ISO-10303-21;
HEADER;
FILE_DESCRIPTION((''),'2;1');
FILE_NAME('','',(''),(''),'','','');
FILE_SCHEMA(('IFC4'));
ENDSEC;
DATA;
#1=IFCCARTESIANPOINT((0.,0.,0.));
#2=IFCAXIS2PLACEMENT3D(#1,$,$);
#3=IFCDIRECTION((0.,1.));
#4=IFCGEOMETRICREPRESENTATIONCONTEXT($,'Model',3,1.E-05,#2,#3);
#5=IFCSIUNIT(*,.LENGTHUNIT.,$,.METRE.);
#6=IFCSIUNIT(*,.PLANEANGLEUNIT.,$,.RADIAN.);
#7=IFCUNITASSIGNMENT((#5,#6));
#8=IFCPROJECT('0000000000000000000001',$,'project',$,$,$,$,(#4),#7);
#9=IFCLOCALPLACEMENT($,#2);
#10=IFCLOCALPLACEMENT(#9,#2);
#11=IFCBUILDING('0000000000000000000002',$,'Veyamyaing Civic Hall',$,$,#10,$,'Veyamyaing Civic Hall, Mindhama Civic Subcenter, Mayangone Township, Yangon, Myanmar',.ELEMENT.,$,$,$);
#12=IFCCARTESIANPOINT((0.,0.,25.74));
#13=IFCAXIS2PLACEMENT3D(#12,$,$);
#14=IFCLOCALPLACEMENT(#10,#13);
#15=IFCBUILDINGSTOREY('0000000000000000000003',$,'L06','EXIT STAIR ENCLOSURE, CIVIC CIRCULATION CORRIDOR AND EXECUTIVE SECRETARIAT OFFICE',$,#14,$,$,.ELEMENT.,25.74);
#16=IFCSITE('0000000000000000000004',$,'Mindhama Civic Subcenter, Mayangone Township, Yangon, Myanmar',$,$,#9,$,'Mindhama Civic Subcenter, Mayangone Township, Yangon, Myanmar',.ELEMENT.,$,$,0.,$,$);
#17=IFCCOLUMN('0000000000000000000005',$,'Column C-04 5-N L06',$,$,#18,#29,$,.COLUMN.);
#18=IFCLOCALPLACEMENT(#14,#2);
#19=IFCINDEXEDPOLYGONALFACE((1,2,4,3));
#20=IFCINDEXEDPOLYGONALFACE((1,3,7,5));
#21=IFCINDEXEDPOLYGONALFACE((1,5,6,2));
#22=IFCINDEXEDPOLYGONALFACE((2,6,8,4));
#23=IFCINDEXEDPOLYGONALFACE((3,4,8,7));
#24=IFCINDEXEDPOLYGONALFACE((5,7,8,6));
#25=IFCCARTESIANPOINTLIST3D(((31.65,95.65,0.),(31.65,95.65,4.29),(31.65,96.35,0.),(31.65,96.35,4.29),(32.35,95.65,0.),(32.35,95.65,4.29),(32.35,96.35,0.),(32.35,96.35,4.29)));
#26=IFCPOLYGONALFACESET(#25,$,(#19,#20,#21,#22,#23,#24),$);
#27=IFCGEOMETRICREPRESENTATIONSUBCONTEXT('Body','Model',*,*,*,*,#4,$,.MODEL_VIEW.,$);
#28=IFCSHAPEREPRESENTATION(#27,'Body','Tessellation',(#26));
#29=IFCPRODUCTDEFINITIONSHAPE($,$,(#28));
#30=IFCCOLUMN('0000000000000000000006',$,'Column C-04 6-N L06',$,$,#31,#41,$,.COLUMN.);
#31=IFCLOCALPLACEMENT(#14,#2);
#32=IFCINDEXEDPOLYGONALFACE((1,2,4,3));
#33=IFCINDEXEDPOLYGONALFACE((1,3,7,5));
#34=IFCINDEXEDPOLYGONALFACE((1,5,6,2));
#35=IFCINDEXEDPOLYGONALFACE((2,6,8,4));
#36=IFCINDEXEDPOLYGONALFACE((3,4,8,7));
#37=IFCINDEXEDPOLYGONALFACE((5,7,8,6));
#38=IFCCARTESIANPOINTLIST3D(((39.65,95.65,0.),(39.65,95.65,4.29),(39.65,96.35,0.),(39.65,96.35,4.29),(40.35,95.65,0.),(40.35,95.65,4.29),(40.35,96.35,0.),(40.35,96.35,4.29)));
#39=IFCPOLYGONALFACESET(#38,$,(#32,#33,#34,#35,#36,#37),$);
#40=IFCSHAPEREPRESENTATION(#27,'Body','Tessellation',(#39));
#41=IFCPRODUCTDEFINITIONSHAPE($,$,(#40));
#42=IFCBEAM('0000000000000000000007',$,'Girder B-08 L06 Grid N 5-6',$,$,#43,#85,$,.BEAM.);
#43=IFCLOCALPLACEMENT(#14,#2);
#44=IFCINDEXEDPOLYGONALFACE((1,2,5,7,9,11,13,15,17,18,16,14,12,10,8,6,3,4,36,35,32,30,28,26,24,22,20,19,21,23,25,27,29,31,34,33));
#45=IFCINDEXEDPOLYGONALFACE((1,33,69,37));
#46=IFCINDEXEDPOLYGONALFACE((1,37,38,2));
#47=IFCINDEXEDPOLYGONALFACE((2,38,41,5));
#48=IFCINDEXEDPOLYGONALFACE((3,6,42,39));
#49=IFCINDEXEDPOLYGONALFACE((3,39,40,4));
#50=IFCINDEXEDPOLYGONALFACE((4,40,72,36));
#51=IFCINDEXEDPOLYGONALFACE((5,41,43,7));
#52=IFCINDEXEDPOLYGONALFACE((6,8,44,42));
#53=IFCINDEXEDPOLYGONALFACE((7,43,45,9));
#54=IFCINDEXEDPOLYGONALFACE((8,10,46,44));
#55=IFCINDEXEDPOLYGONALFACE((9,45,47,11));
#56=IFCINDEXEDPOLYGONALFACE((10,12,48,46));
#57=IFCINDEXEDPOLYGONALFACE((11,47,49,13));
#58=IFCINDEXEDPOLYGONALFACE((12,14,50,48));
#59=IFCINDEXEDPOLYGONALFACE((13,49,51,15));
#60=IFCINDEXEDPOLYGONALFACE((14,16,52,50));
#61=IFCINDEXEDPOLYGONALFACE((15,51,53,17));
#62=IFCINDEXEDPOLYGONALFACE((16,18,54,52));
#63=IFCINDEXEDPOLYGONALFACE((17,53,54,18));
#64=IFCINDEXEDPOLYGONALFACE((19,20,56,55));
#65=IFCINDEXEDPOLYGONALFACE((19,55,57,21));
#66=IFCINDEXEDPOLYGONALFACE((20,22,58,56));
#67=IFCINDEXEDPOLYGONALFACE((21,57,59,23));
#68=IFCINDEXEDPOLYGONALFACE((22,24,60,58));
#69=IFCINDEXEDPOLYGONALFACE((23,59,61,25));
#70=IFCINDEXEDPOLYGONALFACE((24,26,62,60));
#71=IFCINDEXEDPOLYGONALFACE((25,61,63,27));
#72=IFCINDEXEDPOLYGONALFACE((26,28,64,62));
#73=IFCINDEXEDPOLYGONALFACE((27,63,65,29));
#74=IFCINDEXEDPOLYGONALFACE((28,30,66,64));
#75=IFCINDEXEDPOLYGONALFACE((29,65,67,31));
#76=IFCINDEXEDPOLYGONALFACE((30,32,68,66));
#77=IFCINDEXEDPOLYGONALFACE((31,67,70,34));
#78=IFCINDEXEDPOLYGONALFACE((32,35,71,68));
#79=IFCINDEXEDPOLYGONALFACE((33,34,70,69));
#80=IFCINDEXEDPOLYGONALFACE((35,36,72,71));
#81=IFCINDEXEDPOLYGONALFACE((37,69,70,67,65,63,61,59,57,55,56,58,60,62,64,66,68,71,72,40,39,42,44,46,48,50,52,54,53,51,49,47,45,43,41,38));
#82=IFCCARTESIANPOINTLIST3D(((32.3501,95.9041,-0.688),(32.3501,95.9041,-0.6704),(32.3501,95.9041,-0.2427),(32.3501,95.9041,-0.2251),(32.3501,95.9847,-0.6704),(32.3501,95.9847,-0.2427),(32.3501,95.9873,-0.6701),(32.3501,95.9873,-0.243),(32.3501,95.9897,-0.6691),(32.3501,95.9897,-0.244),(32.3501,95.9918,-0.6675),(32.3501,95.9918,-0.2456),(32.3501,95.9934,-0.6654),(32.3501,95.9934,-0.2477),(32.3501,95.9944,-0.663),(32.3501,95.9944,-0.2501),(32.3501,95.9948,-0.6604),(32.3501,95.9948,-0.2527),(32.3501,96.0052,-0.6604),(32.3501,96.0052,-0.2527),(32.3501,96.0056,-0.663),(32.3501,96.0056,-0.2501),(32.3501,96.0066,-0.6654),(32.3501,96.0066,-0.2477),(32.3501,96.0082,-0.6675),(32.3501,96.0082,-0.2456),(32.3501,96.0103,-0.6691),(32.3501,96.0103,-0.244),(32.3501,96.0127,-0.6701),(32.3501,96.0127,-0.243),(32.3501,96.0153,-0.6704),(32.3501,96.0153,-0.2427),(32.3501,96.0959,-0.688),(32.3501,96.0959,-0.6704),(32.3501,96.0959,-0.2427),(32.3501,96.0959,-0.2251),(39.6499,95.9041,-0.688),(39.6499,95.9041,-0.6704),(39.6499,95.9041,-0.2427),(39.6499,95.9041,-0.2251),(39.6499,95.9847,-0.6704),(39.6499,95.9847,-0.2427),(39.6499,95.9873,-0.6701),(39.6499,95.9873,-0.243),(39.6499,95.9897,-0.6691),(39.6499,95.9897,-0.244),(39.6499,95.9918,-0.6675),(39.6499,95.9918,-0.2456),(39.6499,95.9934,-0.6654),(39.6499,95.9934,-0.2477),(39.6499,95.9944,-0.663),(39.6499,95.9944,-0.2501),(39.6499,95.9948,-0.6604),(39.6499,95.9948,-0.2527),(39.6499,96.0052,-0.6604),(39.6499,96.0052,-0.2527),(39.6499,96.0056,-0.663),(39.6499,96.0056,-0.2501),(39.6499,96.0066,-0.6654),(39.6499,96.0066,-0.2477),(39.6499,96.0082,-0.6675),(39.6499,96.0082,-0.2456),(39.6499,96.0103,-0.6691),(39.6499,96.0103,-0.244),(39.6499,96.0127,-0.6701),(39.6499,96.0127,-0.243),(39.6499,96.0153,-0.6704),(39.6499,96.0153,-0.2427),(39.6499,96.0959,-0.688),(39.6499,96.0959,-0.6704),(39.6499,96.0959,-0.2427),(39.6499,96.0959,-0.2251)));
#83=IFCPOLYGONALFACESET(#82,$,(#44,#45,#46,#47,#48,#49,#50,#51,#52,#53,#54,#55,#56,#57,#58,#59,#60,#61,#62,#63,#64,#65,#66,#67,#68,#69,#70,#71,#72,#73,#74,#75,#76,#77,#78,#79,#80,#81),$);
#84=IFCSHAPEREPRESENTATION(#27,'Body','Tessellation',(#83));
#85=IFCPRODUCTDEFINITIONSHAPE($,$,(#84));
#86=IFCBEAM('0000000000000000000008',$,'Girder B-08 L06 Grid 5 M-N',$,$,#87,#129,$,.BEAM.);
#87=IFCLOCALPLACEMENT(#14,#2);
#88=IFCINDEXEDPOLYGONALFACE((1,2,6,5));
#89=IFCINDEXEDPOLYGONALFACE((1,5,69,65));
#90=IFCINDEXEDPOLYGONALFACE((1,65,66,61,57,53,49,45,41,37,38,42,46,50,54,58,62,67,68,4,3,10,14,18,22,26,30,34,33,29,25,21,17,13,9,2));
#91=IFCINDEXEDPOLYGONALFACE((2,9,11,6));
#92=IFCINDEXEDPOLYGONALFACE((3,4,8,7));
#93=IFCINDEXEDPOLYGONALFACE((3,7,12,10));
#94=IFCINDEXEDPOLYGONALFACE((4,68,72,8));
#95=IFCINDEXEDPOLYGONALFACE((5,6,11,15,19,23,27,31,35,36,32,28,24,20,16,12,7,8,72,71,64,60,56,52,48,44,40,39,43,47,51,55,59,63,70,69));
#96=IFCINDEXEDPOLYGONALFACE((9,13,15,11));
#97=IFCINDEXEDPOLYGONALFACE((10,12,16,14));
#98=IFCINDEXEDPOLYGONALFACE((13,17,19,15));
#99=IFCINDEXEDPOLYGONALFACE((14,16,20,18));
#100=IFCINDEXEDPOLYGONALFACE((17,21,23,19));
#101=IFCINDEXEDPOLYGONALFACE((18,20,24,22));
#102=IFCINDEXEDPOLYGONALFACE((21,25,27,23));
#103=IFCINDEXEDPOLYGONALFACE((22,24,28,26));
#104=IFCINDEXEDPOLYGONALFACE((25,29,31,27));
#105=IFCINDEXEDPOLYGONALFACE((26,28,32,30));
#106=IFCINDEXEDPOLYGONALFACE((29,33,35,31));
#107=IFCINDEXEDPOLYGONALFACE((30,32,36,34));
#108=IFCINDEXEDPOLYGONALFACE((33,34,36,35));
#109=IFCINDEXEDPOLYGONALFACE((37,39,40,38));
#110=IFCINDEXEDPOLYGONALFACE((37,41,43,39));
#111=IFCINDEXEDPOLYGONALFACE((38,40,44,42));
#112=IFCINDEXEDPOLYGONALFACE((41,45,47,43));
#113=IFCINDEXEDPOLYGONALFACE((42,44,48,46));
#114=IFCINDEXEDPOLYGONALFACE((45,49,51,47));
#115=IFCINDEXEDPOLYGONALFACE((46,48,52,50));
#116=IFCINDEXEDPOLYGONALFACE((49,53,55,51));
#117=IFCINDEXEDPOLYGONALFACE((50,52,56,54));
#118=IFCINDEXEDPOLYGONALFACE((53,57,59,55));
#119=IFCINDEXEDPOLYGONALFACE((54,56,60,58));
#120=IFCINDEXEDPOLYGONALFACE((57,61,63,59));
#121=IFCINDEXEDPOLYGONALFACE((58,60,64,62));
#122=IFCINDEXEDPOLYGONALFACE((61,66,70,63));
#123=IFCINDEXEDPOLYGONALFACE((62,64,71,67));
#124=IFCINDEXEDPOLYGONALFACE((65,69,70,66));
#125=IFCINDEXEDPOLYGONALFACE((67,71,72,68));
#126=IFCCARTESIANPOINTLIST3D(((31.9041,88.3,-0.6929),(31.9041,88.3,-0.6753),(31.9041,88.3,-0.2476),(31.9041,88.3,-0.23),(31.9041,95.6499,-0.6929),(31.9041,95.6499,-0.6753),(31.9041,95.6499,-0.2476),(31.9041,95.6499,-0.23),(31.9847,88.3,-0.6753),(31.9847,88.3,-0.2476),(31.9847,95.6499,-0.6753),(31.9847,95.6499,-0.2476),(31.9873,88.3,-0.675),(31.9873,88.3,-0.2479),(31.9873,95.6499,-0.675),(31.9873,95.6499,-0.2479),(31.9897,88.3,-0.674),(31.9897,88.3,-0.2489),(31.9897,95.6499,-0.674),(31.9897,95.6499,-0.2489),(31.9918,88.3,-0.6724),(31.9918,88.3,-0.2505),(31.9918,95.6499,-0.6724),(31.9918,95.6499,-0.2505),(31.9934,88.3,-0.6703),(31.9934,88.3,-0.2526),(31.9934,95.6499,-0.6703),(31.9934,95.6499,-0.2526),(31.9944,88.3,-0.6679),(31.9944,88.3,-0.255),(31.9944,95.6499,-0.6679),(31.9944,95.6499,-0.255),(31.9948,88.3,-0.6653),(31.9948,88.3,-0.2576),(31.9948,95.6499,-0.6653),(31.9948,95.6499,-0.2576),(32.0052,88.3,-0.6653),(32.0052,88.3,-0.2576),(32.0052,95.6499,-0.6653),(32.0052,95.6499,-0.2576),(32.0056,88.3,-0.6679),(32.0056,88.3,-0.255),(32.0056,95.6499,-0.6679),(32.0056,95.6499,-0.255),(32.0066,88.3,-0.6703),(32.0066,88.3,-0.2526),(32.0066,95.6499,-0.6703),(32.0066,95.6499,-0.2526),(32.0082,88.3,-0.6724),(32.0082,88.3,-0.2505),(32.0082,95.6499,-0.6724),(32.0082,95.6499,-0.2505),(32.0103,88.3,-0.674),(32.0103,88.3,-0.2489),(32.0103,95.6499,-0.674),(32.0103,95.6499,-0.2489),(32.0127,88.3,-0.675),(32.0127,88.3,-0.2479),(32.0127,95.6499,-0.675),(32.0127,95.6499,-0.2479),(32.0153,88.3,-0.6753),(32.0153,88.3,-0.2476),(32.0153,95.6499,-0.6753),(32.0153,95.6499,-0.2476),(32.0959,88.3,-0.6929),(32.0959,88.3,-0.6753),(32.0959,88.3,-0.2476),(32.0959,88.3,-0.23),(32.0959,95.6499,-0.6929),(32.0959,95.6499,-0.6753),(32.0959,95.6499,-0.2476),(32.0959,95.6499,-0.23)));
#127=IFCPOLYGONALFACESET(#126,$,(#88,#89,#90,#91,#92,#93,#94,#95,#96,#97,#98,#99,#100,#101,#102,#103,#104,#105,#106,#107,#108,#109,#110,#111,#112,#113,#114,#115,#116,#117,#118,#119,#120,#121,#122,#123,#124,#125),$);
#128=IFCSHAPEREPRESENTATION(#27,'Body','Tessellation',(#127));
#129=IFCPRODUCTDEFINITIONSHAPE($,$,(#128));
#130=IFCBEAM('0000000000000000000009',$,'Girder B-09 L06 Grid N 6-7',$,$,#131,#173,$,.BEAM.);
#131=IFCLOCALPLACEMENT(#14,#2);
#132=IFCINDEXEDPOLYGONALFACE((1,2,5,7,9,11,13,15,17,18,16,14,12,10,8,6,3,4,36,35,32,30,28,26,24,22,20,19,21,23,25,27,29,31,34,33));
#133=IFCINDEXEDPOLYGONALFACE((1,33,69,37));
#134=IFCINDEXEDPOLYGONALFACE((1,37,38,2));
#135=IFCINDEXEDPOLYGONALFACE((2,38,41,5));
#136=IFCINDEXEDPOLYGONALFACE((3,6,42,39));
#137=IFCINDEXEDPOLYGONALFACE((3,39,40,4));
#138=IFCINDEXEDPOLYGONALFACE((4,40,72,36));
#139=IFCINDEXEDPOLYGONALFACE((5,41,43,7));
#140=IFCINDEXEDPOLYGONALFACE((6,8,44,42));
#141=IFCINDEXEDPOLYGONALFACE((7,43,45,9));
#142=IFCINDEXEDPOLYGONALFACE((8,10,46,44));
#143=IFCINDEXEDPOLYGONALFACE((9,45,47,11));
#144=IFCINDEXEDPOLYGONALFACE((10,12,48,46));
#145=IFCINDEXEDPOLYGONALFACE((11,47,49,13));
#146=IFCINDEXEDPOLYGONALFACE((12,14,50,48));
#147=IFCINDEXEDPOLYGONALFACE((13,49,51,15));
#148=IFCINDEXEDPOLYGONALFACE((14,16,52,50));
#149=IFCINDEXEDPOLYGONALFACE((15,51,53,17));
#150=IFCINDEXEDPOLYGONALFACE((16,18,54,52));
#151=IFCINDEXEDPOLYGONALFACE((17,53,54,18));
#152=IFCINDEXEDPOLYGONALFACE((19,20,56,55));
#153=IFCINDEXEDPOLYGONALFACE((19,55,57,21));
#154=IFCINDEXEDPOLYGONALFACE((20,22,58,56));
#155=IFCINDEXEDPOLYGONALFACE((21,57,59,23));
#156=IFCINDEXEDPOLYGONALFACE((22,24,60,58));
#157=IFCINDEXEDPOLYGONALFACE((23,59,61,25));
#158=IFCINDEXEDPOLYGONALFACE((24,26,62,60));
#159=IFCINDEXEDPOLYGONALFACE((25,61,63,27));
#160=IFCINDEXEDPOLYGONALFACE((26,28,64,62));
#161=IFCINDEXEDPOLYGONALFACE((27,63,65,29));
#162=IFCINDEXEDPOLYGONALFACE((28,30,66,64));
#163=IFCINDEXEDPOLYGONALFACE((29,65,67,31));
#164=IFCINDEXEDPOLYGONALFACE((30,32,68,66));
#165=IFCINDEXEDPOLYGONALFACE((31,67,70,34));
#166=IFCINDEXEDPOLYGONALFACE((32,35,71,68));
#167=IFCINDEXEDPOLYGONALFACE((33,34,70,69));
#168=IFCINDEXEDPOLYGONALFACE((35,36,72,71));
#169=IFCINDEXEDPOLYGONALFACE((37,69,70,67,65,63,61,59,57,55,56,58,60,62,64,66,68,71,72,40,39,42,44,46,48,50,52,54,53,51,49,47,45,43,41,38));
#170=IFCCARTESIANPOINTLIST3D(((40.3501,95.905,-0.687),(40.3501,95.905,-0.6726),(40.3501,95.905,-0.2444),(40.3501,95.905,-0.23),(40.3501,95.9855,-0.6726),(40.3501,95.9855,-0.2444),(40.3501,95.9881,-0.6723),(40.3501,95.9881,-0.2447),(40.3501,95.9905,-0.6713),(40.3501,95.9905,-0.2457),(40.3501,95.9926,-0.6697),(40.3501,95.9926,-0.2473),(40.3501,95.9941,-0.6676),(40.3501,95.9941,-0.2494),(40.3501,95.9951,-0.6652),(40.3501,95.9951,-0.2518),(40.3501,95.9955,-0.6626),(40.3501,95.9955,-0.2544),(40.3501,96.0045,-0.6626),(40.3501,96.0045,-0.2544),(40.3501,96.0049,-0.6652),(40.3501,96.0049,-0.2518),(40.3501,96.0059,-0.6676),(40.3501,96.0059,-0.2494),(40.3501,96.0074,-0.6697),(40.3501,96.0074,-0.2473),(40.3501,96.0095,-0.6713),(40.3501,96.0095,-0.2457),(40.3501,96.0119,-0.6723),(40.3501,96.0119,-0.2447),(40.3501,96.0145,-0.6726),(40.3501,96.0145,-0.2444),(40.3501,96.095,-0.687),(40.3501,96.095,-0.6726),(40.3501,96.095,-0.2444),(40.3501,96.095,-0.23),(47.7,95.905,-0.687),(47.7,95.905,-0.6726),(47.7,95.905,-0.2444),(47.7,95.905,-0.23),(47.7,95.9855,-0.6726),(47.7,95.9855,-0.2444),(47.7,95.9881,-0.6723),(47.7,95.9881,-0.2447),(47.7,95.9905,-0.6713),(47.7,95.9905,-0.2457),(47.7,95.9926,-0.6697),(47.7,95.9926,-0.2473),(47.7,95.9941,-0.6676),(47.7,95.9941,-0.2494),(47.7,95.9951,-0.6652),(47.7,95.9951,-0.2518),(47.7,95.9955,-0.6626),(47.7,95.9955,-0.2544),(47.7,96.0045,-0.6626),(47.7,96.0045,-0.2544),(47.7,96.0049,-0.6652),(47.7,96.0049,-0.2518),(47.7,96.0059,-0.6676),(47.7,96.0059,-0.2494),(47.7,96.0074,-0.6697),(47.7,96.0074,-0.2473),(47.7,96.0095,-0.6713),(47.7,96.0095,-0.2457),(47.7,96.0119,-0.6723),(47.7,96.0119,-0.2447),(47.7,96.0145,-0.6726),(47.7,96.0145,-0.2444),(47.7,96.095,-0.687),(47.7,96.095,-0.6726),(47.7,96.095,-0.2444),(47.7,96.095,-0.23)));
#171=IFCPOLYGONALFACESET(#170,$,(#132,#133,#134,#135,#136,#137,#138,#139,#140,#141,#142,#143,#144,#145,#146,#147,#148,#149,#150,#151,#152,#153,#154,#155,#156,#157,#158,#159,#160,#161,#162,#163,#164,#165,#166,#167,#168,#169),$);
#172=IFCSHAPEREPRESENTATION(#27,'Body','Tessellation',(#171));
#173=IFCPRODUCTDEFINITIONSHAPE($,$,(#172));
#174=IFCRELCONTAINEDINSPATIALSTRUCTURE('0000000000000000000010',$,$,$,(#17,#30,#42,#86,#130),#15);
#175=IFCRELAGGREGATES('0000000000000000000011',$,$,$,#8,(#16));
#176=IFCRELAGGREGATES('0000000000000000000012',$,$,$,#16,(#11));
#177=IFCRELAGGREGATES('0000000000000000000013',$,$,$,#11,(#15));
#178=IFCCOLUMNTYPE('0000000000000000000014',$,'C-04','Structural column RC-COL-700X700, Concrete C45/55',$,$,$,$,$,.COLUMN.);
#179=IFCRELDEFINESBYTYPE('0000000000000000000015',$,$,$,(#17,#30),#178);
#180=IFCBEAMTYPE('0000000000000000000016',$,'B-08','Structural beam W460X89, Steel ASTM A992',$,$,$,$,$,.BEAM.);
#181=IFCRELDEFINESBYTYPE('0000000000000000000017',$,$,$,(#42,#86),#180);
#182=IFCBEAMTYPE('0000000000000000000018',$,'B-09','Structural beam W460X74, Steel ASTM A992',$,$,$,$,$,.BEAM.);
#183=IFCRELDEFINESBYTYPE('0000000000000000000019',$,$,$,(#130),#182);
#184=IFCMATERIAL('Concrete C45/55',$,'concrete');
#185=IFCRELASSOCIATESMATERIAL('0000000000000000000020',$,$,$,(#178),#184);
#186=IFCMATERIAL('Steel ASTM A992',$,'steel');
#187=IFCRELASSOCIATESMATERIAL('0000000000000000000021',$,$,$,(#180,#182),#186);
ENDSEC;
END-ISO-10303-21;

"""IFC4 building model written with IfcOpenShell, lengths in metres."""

from ifc_helpers import new_model, si_unit, direction, frame, origin, origin_2d, place, context, subcontext, project, spatial, rectangle, i_section, extrude, material, material_profile, profile_set, type_object, element, save


model = new_model("IFC4")

# Units and contexts
model_context = context("Model", 3, precision=1e-05, world=origin(), true_north=direction((0.0, 1.0)))
body_context = subcontext(model_context, "Body", "Model", "MODEL_VIEW")
ifc_project = project(units=[si_unit("LENGTHUNIT", "METRE"), si_unit("PLANEANGLEUNIT", "RADIAN")], contexts=[model_context])

# Site, building, storey
site_placement = place(None, origin())
site = spatial("IfcSite", under=ifc_project, at=site_placement, Name="Mindhama Civic Subcenter, Mayangone Township, Yangon, Myanmar", LongName="Mindhama Civic Subcenter, Mayangone Township, Yangon, Myanmar", CompositionType="ELEMENT", RefElevation=0.0)
building_placement = place(site_placement, origin())
building = spatial("IfcBuilding", under=site, at=building_placement, Name="Veyamyaing Civic Hall", LongName="Veyamyaing Civic Hall, Mindhama Civic Subcenter, Mayangone Township, Yangon, Myanmar", CompositionType="ELEMENT")
storey_placement = place(building_placement, frame((0.0, 0.0, 25.74)))
storey = spatial("IfcBuildingStorey", under=building, at=storey_placement, Name="L06", Description="EXIT STAIR ENCLOSURE, CIVIC CIRCULATION CORRIDOR AND EXECUTIVE SECRETARIAT OFFICE", CompositionType="ELEMENT", Elevation=25.74)

# Columns
ifc_material_1 = material(Name="Concrete C45/55", Category="concrete")
ifc_material_profile_1 = material_profile(ifc_material_1, rectangle(XDim=0.7, YDim=0.7, at=origin_2d()), Name="RC-COL-700X700")
ifc_profile_set_1 = profile_set([ifc_material_profile_1], Name="Concrete C45/55")
column_type = type_object("IfcColumnType", Name="C-04", Description="Structural column RC-COL-700X700, Concrete C45/55", PredefinedType="COLUMN", material=ifc_profile_set_1)
for number, where, z_axis, x_axis, name in (
    (1, (32.0, 96.0, 0.0), (0.0, 0.0, 1.0), (1.0, 0.0, 0.0), "Column C-04 5-N L06"),
    (2, (40.0, 96.0, 0.0), (0.0, 0.0, 1.0), (1.0, 0.0, 0.0), "Column C-04 6-N L06"),
):
    element("IfcColumn", number, at=place(storey_placement, frame(where, z_axis=z_axis, x_axis=x_axis)), inside=storey, type_object=column_type, Name=name, PredefinedType="COLUMN", context=body_context, shape_type="SweptSolid", body=[
        extrude(rectangle(XDim=0.7, YDim=0.7, at=origin_2d()), origin(), (0.0, 0.0, 1.0), 4.29),
    ])

# Beams
ifc_material_2 = material(Name="Steel ASTM A992", Category="steel")
ifc_material_profile_2 = material_profile(ifc_material_2, i_section(OverallWidth=0.1919, OverallDepth=0.4629, WebThickness=0.0105, FlangeThickness=0.0176, FilletRadius=0.01, at=origin_2d()), Name="W460X89")
ifc_profile_set_2 = profile_set([ifc_material_profile_2], Name="Steel ASTM A992")
beam_type_1 = type_object("IfcBeamType", Name="B-08", Description="Structural beam W460X89, Steel ASTM A992", PredefinedType="BEAM", material=ifc_profile_set_2)
beam_1_placement = place(storey_placement, frame((32.3501, 96.0, -0.4565), z_axis=(1.0, 0.0, 0.0), x_axis=(0.0, 1.0, 0.0)))
element("IfcBeam", 3, at=beam_1_placement, inside=storey, type_object=beam_type_1, Name="Girder B-08 L06 Grid N 5-6", PredefinedType="BEAM", context=body_context, shape_type="SweptSolid", body=[
    extrude(i_section(OverallWidth=0.1919, OverallDepth=0.4629, WebThickness=0.0105, FlangeThickness=0.0176, FilletRadius=0.01, at=origin_2d()), origin(), (0.0, 0.0, 1.0), 7.2998),
])
beam_2_placement = place(storey_placement, frame((32.0, 88.3, -0.4614), z_axis=(0.0, 1.0, 0.0), x_axis=(-1.0, 0.0, 0.0)))
element("IfcBeam", 4, at=beam_2_placement, inside=storey, type_object=beam_type_1, Name="Girder B-08 L06 Grid 5 M-N", PredefinedType="BEAM", context=body_context, shape_type="SweptSolid", body=[
    extrude(i_section(OverallWidth=0.1919, OverallDepth=0.4629, WebThickness=0.0105, FlangeThickness=0.0176, FilletRadius=0.01, at=origin_2d()), origin(), (0.0, 0.0, 1.0), 7.3499),
])
ifc_material_profile_3 = material_profile(ifc_material_2, i_section(OverallWidth=0.1899, OverallDepth=0.457, WebThickness=0.009, FlangeThickness=0.0144, FilletRadius=0.01, at=origin_2d()), Name="W460X74")
ifc_profile_set_3 = profile_set([ifc_material_profile_3], Name="Steel ASTM A992")
beam_type_2 = type_object("IfcBeamType", Name="B-09", Description="Structural beam W460X74, Steel ASTM A992", PredefinedType="BEAM", material=ifc_profile_set_3)
for number, where, z_axis, x_axis, name in (
    (5, (40.3501, 96.0, -0.4585), (1.0, 0.0, 0.0), (0.0, 1.0, 0.0), "Girder B-09 L06 Grid N 6-7"),
):
    element("IfcBeam", number, at=place(storey_placement, frame(where, z_axis=z_axis, x_axis=x_axis)), inside=storey, type_object=beam_type_2, Name=name, PredefinedType="BEAM", context=body_context, shape_type="SweptSolid", body=[
        extrude(i_section(OverallWidth=0.1899, OverallDepth=0.457, WebThickness=0.009, FlangeThickness=0.0144, FilletRadius=0.01, at=origin_2d()), origin(), (0.0, 0.0, 1.0), 7.3499),
    ])

save(model, "model.ifc")
